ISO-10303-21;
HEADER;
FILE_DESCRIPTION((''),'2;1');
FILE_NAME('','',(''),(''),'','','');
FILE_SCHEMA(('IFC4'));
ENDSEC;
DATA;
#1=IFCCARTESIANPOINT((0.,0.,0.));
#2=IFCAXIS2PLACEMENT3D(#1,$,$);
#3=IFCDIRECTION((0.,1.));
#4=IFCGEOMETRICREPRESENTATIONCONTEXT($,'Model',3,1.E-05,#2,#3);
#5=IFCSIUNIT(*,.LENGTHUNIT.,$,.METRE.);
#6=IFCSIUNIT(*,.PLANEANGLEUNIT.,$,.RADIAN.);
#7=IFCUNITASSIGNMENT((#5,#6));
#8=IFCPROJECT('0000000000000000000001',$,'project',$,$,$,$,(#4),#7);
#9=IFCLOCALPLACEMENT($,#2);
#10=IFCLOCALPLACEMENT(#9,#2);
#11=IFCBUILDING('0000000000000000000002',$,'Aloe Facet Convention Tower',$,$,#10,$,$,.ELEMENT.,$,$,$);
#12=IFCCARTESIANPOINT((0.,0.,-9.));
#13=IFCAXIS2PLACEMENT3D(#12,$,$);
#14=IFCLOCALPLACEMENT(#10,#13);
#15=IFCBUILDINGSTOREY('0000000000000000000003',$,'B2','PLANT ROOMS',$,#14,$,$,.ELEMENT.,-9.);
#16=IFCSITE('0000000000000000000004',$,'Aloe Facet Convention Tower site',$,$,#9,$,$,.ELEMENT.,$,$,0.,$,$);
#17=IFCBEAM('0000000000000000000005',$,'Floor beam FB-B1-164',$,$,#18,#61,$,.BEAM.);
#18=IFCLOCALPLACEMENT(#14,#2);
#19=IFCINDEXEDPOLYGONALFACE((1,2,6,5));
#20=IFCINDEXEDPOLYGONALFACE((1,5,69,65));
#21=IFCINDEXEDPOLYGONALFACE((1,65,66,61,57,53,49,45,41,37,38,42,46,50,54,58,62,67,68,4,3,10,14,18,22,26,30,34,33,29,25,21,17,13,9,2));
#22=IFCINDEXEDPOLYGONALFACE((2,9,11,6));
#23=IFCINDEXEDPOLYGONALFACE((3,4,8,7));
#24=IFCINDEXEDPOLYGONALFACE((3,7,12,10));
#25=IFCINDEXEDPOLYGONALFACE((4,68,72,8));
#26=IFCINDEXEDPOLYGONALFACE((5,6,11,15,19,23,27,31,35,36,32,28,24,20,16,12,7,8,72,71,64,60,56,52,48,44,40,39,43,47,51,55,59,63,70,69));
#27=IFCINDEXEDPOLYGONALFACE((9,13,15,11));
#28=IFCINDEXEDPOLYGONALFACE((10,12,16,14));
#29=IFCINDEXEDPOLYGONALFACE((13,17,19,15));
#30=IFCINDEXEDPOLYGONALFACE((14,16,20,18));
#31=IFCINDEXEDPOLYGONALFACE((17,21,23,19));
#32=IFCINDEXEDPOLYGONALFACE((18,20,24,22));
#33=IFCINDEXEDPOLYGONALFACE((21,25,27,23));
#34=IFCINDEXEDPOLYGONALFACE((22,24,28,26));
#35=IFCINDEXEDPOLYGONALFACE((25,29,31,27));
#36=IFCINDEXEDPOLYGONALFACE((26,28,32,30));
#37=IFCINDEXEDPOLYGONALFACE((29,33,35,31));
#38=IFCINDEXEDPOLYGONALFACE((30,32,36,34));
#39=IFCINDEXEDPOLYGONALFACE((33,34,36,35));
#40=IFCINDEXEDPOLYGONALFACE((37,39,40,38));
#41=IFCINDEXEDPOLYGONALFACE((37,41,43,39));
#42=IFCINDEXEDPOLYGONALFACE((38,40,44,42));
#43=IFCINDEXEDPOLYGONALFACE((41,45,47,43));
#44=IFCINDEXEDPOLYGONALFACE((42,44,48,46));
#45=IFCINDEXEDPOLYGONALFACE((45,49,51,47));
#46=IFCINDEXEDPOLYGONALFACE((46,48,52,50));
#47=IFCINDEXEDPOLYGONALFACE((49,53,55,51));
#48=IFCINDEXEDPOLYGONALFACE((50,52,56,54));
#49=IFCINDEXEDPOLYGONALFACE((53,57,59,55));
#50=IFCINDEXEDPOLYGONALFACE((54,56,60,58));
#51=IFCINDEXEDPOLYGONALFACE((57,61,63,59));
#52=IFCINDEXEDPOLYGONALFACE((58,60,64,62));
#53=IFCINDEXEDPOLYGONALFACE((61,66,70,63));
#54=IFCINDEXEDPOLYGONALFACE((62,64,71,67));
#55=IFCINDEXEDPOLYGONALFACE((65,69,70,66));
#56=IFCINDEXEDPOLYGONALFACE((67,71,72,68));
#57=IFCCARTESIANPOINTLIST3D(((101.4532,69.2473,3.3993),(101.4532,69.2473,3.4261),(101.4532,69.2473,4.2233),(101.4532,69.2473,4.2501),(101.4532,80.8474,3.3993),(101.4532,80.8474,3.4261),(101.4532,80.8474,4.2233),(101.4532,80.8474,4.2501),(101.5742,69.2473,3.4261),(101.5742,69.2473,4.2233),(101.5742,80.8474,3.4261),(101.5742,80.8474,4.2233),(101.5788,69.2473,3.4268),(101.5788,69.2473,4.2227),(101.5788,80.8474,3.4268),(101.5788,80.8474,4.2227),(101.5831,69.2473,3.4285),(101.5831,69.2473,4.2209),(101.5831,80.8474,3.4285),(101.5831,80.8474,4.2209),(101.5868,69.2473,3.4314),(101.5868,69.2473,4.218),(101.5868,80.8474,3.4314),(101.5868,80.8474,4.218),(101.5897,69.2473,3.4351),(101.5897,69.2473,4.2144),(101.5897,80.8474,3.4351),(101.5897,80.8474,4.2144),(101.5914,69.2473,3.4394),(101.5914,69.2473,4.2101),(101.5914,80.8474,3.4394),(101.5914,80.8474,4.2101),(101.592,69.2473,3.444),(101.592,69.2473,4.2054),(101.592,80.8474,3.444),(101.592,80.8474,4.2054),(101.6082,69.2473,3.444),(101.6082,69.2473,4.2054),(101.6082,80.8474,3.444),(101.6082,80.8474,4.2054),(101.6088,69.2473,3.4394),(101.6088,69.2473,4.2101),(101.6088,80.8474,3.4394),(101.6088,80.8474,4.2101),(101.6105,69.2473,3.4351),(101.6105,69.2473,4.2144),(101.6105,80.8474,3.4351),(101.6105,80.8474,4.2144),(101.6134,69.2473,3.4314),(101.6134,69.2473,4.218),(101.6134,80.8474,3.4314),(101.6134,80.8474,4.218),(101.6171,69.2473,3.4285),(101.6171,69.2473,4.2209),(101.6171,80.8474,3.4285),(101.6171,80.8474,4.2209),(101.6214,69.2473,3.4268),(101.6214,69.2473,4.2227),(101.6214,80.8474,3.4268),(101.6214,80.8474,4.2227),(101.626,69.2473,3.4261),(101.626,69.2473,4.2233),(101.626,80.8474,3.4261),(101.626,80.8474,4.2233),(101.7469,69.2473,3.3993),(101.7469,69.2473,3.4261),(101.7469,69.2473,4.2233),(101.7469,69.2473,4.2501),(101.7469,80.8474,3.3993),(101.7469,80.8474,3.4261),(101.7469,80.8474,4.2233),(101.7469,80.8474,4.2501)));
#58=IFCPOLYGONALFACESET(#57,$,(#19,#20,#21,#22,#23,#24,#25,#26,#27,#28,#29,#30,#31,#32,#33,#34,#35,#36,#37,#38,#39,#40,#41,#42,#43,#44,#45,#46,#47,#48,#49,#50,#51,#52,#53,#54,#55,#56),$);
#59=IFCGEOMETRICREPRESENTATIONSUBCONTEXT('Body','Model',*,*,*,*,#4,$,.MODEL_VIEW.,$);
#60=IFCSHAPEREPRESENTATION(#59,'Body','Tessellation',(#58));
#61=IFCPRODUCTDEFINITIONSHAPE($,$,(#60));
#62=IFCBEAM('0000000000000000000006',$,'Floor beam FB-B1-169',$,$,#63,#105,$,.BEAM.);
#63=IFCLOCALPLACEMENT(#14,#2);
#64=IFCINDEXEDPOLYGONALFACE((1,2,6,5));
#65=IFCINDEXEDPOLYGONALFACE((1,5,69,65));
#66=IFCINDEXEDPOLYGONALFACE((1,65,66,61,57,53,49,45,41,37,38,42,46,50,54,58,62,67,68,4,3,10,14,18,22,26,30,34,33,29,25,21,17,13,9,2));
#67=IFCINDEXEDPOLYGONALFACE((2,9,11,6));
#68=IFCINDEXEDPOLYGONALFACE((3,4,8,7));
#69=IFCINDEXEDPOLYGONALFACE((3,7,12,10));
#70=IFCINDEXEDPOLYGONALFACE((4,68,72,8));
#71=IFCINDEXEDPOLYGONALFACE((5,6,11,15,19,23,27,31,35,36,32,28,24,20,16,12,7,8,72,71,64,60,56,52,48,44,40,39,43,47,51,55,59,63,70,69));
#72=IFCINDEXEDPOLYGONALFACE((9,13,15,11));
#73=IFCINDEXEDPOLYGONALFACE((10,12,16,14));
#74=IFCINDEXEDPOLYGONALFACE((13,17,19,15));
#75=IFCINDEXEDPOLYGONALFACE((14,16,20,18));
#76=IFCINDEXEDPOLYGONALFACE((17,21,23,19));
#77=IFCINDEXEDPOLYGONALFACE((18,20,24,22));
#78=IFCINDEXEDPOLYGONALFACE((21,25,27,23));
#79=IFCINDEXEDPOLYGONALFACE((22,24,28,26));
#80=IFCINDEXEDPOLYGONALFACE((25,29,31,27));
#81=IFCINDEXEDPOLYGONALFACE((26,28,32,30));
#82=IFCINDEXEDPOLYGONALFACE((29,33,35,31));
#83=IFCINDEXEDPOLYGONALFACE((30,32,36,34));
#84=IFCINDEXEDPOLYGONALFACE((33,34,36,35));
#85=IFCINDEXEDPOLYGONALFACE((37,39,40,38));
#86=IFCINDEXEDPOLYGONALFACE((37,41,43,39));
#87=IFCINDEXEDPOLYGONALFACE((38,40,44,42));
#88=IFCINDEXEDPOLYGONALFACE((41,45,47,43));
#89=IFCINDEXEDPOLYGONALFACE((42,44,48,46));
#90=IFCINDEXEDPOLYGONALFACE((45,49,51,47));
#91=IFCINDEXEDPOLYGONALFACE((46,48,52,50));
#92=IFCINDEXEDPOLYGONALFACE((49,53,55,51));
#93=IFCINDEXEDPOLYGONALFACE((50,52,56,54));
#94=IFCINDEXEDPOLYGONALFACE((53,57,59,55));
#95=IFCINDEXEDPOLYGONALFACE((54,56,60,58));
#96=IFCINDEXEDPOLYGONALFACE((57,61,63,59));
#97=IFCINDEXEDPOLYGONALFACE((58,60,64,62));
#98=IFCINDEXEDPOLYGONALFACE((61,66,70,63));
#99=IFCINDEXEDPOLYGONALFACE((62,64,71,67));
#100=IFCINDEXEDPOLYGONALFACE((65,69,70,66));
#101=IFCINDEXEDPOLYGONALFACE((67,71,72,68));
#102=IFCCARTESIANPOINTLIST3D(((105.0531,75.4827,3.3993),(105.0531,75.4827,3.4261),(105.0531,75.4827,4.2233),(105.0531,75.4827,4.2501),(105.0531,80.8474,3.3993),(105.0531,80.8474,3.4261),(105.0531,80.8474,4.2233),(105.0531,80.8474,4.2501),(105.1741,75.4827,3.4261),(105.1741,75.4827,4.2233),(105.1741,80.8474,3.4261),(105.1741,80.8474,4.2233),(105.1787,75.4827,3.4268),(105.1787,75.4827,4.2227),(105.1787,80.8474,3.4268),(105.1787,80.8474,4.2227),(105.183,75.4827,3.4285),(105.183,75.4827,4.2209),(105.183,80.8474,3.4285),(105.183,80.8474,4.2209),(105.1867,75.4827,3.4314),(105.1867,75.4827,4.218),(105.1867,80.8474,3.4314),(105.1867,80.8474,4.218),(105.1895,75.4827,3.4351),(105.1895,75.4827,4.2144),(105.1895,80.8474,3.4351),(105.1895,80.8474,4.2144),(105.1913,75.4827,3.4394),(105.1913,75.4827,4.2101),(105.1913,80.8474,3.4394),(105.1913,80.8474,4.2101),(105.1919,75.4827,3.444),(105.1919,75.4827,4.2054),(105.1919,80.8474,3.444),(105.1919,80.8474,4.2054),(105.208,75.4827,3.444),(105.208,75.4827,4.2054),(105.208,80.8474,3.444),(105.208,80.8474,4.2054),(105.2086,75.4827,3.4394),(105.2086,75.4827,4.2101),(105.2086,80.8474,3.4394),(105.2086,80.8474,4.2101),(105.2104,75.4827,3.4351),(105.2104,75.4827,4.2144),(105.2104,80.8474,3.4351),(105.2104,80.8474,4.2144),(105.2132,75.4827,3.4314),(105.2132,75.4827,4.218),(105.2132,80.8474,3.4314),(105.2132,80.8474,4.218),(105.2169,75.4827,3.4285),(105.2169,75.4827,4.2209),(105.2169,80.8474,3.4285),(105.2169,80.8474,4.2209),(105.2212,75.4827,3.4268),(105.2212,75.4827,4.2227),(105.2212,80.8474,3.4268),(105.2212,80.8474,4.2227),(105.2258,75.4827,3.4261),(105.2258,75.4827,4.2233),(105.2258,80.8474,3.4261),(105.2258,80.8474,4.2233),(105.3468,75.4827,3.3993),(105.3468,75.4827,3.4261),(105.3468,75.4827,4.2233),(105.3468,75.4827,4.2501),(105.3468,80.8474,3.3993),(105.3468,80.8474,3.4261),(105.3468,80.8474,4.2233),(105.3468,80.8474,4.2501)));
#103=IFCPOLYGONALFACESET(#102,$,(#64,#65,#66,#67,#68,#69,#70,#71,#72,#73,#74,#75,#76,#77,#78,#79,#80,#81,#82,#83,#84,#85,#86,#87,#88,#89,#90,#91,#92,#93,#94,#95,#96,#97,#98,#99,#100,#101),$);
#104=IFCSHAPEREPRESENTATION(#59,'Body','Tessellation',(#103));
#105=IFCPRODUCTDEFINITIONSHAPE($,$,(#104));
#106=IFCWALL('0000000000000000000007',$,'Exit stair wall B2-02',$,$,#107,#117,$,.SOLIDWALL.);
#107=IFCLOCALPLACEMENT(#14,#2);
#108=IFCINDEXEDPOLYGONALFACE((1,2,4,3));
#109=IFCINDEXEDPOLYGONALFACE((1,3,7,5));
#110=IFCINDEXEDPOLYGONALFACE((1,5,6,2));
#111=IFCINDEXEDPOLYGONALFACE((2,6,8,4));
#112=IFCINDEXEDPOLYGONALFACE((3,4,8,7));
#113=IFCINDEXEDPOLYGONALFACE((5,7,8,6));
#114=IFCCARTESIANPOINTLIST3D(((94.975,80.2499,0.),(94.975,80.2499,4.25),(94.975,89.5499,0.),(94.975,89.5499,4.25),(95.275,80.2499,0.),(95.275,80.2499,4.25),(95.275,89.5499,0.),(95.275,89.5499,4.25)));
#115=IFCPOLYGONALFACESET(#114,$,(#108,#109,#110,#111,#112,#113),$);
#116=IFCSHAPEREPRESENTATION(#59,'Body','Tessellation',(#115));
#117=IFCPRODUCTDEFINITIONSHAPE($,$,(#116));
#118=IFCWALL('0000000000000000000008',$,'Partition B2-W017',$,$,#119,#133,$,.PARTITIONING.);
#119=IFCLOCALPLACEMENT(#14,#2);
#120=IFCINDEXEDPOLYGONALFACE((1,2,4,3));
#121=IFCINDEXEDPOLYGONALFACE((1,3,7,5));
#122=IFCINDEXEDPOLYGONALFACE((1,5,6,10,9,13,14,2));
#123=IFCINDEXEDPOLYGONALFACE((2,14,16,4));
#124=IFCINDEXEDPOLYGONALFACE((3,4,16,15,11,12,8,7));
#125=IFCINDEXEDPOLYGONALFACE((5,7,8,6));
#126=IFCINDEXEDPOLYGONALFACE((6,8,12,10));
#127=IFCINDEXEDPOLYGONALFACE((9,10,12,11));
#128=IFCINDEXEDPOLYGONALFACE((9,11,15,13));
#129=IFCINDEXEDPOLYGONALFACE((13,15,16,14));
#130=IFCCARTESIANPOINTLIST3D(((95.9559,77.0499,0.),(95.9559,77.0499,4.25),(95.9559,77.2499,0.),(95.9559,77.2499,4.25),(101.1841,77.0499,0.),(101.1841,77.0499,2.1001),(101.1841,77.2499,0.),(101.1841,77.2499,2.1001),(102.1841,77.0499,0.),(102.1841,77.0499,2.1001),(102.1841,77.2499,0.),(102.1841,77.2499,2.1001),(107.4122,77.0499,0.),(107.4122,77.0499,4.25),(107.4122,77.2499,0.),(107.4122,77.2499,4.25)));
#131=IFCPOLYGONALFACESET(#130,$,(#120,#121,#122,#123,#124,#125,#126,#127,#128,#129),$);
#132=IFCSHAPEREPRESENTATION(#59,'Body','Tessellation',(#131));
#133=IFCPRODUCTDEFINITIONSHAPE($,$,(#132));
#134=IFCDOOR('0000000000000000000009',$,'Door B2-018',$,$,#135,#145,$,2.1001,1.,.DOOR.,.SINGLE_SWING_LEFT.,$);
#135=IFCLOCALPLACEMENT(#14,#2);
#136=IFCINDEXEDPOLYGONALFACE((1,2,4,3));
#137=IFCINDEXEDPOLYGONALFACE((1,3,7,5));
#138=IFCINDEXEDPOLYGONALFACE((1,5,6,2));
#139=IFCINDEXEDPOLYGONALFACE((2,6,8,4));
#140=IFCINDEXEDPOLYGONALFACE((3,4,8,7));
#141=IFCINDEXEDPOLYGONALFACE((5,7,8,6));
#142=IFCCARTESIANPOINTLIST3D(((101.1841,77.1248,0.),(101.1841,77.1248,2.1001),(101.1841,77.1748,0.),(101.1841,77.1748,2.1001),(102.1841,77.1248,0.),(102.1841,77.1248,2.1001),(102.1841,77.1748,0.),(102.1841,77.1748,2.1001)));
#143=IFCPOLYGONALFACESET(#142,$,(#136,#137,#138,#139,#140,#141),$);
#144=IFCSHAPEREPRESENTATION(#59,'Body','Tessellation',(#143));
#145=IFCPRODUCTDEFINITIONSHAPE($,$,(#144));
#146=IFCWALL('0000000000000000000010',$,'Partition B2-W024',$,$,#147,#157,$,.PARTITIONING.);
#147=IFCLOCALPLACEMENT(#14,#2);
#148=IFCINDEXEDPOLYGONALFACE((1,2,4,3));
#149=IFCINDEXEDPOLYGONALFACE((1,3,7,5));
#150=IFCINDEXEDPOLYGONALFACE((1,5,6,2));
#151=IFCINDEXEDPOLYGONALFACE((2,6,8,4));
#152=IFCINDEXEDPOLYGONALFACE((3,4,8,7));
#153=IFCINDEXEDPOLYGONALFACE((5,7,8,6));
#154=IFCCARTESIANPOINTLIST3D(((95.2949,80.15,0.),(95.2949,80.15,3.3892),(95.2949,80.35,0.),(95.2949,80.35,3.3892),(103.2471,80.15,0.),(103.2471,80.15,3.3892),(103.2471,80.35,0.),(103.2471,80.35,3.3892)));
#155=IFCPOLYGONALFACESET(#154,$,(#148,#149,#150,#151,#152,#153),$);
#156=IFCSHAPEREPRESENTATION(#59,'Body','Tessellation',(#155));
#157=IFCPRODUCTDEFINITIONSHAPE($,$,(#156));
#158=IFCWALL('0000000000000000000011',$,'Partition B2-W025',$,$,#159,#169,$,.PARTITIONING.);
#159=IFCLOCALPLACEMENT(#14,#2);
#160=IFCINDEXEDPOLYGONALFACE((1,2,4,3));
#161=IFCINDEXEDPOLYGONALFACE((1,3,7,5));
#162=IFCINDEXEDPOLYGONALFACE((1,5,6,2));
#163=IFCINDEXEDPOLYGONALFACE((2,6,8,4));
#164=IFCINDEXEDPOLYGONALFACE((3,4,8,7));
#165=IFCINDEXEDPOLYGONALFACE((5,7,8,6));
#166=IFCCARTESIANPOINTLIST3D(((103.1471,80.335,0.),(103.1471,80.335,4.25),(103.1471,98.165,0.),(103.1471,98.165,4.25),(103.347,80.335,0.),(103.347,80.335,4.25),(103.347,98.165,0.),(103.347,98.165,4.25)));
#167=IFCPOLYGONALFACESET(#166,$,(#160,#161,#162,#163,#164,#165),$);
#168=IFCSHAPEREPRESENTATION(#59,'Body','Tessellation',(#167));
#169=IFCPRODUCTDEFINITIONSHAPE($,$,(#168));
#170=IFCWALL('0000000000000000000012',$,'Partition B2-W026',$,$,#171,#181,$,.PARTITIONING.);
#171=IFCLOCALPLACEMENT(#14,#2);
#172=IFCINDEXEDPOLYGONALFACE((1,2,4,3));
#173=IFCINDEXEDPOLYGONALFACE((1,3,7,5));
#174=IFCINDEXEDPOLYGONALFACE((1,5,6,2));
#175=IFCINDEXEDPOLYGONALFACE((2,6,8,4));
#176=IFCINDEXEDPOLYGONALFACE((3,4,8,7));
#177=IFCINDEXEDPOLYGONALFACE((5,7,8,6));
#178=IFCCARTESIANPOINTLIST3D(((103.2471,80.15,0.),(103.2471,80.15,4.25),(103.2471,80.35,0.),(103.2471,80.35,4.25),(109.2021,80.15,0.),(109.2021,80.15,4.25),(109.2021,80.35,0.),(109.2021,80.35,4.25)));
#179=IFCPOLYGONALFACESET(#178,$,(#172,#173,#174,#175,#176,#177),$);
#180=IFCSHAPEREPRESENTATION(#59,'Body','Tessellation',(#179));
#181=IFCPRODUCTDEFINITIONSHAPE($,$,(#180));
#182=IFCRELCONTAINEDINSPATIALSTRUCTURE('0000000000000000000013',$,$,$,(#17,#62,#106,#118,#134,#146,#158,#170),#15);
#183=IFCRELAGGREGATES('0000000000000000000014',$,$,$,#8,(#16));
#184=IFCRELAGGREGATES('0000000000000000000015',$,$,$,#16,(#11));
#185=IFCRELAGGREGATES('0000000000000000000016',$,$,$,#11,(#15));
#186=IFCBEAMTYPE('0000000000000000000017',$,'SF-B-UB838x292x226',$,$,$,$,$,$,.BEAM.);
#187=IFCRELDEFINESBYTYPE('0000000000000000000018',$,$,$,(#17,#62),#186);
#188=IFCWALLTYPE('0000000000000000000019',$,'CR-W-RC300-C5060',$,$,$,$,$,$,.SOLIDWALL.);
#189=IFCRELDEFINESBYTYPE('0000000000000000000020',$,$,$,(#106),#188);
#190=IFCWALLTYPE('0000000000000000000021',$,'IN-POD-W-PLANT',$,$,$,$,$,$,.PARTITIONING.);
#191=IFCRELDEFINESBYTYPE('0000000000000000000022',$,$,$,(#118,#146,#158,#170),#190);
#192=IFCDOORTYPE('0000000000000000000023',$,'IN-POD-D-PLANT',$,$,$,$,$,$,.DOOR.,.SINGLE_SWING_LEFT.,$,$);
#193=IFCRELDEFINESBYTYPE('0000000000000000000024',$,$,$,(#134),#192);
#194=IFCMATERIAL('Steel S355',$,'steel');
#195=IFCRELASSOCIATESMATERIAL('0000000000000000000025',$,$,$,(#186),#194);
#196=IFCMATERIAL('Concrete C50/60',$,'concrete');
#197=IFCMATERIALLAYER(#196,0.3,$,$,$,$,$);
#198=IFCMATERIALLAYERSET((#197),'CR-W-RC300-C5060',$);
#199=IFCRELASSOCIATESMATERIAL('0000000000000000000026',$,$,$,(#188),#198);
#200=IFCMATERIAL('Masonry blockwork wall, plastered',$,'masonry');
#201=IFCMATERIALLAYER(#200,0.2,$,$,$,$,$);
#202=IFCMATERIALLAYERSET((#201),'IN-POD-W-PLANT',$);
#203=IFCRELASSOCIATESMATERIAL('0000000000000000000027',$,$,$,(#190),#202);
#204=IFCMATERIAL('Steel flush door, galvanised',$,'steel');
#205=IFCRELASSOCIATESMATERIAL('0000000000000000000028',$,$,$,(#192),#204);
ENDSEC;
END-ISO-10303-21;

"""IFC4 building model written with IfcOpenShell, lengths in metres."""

from ifc_helpers import new_model, si_unit, direction, frame, frame_2d, origin, origin_2d, place, context, subcontext, project, spatial, rectangle, i_section, extrude, material, layer, layer_set, material_profile, profile_set, type_object, element, fill, save


model = new_model("IFC4")

# Units and contexts
model_context = context("Model", 3, precision=1e-05, world=origin(), true_north=direction((0.0, 1.0)))
body_context = subcontext(model_context, "Body", "Model", "MODEL_VIEW")
ifc_project = project(units=[si_unit("LENGTHUNIT", "METRE"), si_unit("PLANEANGLEUNIT", "RADIAN")], contexts=[model_context])

# Site, building, storey
site_placement = place(None, origin())
site = spatial("IfcSite", under=ifc_project, at=site_placement, Name="Aloe Facet Convention Tower site", CompositionType="ELEMENT", RefElevation=0.0)
building_placement = place(site_placement, origin())
building = spatial("IfcBuilding", under=site, at=building_placement, Name="Aloe Facet Convention Tower", CompositionType="ELEMENT")
storey_placement = place(building_placement, frame((0.0, 0.0, -9.0)))
storey = spatial("IfcBuildingStorey", under=building, at=storey_placement, Name="B2", Description="PLANT ROOMS", CompositionType="ELEMENT", Elevation=-9.0)

# Beams
ifc_material_1 = material(Name="Steel S355", Category="steel")
ifc_material_profile_1 = material_profile(ifc_material_1, i_section(OverallWidth=0.2937, OverallDepth=0.8508, WebThickness=0.0161, FlangeThickness=0.0269, FilletRadius=0.0178, at=origin_2d()), Name="UB 838x292x226")
ifc_profile_set_1 = profile_set([ifc_material_profile_1], Name="Steel S355")
beam_type_1 = type_object("IfcBeamType", Name="SF-B-UB838x292x226", PredefinedType="BEAM", material=ifc_profile_set_1)
beam_1_placement = place(storey_placement, frame((101.6001, 69.2473, 3.8247), z_axis=(0.0, 1.0, 0.0), x_axis=(-1.0, 0.0, 0.0)))
element("IfcBeam", 1, at=beam_1_placement, inside=storey, type_object=beam_type_1, Name="Floor beam FB-B1-164", PredefinedType="BEAM", context=body_context, shape_type="SweptSolid", body=[
    extrude(i_section(OverallWidth=0.2937, OverallDepth=0.8508, WebThickness=0.0161, FlangeThickness=0.0269, FilletRadius=0.0178, at=origin_2d()), origin(), (0.0, 0.0, 1.0), 11.6001),
])
beam_2_placement = place(storey_placement, frame((105.2, 75.4827, 3.8247), z_axis=(0.0, 1.0, 0.0), x_axis=(-1.0, 0.0, 0.0)))
element("IfcBeam", 2, at=beam_2_placement, inside=storey, type_object=beam_type_1, Name="Floor beam FB-B1-169", PredefinedType="BEAM", context=body_context, shape_type="SweptSolid", body=[
    extrude(i_section(OverallWidth=0.2937, OverallDepth=0.8508, WebThickness=0.0161, FlangeThickness=0.0269, FilletRadius=0.0178, at=origin_2d()), origin(), (0.0, 0.0, 1.0), 5.3647),
])

# Wall
ifc_material_2 = material(Name="Concrete C50/60", Category="concrete")
ifc_layer_1 = layer(ifc_material_2, 0.3)
ifc_layer_set_1 = layer_set([ifc_layer_1], Name="CR-W-RC300-C5060")
wall_type_1 = type_object("IfcWallType", Name="CR-W-RC300-C5060", PredefinedType="SOLIDWALL", material=ifc_layer_set_1)
wall_1_placement = place(storey_placement, frame((95.125, 80.25, 0.0), z_axis=(0.0, 0.0, 1.0), x_axis=(0.0, 1.0, 0.0)))
element("IfcWall", 3, at=wall_1_placement, inside=storey, type_object=wall_type_1, Name="Exit stair wall B2-02", PredefinedType="SOLIDWALL", context=body_context, shape_type="SweptSolid", body=[
    extrude(rectangle(XDim=9.3, YDim=0.3, at=frame_2d((4.6499, 0.0))), origin(), (0.0, 0.0, 1.0), 4.25),
])

# Wall, opening, door
ifc_material_3 = material(Name="Masonry blockwork wall, plastered", Category="masonry")
ifc_layer_2 = layer(ifc_material_3, 0.2)
ifc_layer_set_2 = layer_set([ifc_layer_2], Name="IN-POD-W-PLANT")
wall_type_2 = type_object("IfcWallType", Name="IN-POD-W-PLANT", PredefinedType="PARTITIONING", material=ifc_layer_set_2)
wall_2_placement = place(storey_placement, frame((95.9561, 77.1499, 0.0), z_axis=(0.0, 0.0, 1.0), x_axis=(1.0, 0.0, 0.0)))
wall_2 = element("IfcWall", 4, at=wall_2_placement, inside=storey, type_object=wall_type_2, Name="Partition B2-W017", PredefinedType="PARTITIONING", context=body_context, shape_type="SweptSolid", body=[
    extrude(rectangle(XDim=11.4563, YDim=0.2, at=frame_2d((5.728, 0.0))), origin(), (0.0, 0.0, 1.0), 4.25),
])
opening_placement = place(wall_2_placement, frame((5.228, 0.0, 0.0)))
opening = element("IfcOpeningElement", 5, at=opening_placement, cuts=wall_2, PredefinedType="OPENING", context=body_context, shape_type="SweptSolid", body=[
    extrude(rectangle(XDim=1.0, YDim=2.1001, at=frame_2d((0.5, 1.05))), frame((0.0, 0.1099, 0.0), z_axis=(0.0, -1.0, 0.0), x_axis=(1.0, 0.0, 0.0)), (0.0, 0.0, 1.0), 0.22),
])
ifc_material_4 = material(Name="Steel flush door, galvanised", Category="steel")
door_type = type_object("IfcDoorType", Name="IN-POD-D-PLANT", OperationType="SINGLE_SWING_LEFT", PredefinedType="DOOR", material=ifc_material_4)
door_placement = place(opening_placement, origin())
door = element("IfcDoor", 6, at=door_placement, inside=storey, type_object=door_type, Name="Door B2-018", OperationType="SINGLE_SWING_LEFT", OverallHeight=2.1001, OverallWidth=1.0, PredefinedType="DOOR", context=body_context, shape_type="SweptSolid", body=[
    extrude(rectangle(XDim=1.0, YDim=2.1001, at=frame_2d((0.5, 1.05))), frame((0.0, 0.0249, 0.0), z_axis=(0.0, -1.0, 0.0), x_axis=(1.0, 0.0, 0.0)), (0.0, 0.0, 1.0), 0.05),
])
fill(opening, door)

# Walls
wall_3_placement = place(storey_placement, frame((95.2949, 80.25, 0.0), z_axis=(0.0, 0.0, 1.0), x_axis=(1.0, 0.0, 0.0)))
element("IfcWall", 7, at=wall_3_placement, inside=storey, type_object=wall_type_2, Name="Partition B2-W024", PredefinedType="PARTITIONING", context=body_context, shape_type="SweptSolid", body=[
    extrude(rectangle(XDim=7.9521, YDim=0.2, at=frame_2d((3.9761, 0.0))), origin(), (0.0, 0.0, 1.0), 3.3892),
])
wall_4_placement = place(storey_placement, frame((103.2471, 80.335, 0.0), z_axis=(0.0, 0.0, 1.0), x_axis=(0.0, 1.0, 0.0)))
element("IfcWall", 8, at=wall_4_placement, inside=storey, type_object=wall_type_2, Name="Partition B2-W025", PredefinedType="PARTITIONING", context=body_context, shape_type="SweptSolid", body=[
    extrude(rectangle(XDim=17.8301, YDim=0.2, at=frame_2d((8.915, 0.0))), origin(), (0.0, 0.0, 1.0), 4.25),
])
wall_5_placement = place(storey_placement, frame((103.2471, 80.25, 0.0), z_axis=(0.0, 0.0, 1.0), x_axis=(1.0, 0.0, 0.0)))
element("IfcWall", 9, at=wall_5_placement, inside=storey, type_object=wall_type_2, Name="Partition B2-W026", PredefinedType="PARTITIONING", context=body_context, shape_type="SweptSolid", body=[
    extrude(rectangle(XDim=5.9551, YDim=0.2, at=frame_2d((2.9775, 0.0))), origin(), (0.0, 0.0, 1.0), 4.25),
])

save(model, "model.ifc")
